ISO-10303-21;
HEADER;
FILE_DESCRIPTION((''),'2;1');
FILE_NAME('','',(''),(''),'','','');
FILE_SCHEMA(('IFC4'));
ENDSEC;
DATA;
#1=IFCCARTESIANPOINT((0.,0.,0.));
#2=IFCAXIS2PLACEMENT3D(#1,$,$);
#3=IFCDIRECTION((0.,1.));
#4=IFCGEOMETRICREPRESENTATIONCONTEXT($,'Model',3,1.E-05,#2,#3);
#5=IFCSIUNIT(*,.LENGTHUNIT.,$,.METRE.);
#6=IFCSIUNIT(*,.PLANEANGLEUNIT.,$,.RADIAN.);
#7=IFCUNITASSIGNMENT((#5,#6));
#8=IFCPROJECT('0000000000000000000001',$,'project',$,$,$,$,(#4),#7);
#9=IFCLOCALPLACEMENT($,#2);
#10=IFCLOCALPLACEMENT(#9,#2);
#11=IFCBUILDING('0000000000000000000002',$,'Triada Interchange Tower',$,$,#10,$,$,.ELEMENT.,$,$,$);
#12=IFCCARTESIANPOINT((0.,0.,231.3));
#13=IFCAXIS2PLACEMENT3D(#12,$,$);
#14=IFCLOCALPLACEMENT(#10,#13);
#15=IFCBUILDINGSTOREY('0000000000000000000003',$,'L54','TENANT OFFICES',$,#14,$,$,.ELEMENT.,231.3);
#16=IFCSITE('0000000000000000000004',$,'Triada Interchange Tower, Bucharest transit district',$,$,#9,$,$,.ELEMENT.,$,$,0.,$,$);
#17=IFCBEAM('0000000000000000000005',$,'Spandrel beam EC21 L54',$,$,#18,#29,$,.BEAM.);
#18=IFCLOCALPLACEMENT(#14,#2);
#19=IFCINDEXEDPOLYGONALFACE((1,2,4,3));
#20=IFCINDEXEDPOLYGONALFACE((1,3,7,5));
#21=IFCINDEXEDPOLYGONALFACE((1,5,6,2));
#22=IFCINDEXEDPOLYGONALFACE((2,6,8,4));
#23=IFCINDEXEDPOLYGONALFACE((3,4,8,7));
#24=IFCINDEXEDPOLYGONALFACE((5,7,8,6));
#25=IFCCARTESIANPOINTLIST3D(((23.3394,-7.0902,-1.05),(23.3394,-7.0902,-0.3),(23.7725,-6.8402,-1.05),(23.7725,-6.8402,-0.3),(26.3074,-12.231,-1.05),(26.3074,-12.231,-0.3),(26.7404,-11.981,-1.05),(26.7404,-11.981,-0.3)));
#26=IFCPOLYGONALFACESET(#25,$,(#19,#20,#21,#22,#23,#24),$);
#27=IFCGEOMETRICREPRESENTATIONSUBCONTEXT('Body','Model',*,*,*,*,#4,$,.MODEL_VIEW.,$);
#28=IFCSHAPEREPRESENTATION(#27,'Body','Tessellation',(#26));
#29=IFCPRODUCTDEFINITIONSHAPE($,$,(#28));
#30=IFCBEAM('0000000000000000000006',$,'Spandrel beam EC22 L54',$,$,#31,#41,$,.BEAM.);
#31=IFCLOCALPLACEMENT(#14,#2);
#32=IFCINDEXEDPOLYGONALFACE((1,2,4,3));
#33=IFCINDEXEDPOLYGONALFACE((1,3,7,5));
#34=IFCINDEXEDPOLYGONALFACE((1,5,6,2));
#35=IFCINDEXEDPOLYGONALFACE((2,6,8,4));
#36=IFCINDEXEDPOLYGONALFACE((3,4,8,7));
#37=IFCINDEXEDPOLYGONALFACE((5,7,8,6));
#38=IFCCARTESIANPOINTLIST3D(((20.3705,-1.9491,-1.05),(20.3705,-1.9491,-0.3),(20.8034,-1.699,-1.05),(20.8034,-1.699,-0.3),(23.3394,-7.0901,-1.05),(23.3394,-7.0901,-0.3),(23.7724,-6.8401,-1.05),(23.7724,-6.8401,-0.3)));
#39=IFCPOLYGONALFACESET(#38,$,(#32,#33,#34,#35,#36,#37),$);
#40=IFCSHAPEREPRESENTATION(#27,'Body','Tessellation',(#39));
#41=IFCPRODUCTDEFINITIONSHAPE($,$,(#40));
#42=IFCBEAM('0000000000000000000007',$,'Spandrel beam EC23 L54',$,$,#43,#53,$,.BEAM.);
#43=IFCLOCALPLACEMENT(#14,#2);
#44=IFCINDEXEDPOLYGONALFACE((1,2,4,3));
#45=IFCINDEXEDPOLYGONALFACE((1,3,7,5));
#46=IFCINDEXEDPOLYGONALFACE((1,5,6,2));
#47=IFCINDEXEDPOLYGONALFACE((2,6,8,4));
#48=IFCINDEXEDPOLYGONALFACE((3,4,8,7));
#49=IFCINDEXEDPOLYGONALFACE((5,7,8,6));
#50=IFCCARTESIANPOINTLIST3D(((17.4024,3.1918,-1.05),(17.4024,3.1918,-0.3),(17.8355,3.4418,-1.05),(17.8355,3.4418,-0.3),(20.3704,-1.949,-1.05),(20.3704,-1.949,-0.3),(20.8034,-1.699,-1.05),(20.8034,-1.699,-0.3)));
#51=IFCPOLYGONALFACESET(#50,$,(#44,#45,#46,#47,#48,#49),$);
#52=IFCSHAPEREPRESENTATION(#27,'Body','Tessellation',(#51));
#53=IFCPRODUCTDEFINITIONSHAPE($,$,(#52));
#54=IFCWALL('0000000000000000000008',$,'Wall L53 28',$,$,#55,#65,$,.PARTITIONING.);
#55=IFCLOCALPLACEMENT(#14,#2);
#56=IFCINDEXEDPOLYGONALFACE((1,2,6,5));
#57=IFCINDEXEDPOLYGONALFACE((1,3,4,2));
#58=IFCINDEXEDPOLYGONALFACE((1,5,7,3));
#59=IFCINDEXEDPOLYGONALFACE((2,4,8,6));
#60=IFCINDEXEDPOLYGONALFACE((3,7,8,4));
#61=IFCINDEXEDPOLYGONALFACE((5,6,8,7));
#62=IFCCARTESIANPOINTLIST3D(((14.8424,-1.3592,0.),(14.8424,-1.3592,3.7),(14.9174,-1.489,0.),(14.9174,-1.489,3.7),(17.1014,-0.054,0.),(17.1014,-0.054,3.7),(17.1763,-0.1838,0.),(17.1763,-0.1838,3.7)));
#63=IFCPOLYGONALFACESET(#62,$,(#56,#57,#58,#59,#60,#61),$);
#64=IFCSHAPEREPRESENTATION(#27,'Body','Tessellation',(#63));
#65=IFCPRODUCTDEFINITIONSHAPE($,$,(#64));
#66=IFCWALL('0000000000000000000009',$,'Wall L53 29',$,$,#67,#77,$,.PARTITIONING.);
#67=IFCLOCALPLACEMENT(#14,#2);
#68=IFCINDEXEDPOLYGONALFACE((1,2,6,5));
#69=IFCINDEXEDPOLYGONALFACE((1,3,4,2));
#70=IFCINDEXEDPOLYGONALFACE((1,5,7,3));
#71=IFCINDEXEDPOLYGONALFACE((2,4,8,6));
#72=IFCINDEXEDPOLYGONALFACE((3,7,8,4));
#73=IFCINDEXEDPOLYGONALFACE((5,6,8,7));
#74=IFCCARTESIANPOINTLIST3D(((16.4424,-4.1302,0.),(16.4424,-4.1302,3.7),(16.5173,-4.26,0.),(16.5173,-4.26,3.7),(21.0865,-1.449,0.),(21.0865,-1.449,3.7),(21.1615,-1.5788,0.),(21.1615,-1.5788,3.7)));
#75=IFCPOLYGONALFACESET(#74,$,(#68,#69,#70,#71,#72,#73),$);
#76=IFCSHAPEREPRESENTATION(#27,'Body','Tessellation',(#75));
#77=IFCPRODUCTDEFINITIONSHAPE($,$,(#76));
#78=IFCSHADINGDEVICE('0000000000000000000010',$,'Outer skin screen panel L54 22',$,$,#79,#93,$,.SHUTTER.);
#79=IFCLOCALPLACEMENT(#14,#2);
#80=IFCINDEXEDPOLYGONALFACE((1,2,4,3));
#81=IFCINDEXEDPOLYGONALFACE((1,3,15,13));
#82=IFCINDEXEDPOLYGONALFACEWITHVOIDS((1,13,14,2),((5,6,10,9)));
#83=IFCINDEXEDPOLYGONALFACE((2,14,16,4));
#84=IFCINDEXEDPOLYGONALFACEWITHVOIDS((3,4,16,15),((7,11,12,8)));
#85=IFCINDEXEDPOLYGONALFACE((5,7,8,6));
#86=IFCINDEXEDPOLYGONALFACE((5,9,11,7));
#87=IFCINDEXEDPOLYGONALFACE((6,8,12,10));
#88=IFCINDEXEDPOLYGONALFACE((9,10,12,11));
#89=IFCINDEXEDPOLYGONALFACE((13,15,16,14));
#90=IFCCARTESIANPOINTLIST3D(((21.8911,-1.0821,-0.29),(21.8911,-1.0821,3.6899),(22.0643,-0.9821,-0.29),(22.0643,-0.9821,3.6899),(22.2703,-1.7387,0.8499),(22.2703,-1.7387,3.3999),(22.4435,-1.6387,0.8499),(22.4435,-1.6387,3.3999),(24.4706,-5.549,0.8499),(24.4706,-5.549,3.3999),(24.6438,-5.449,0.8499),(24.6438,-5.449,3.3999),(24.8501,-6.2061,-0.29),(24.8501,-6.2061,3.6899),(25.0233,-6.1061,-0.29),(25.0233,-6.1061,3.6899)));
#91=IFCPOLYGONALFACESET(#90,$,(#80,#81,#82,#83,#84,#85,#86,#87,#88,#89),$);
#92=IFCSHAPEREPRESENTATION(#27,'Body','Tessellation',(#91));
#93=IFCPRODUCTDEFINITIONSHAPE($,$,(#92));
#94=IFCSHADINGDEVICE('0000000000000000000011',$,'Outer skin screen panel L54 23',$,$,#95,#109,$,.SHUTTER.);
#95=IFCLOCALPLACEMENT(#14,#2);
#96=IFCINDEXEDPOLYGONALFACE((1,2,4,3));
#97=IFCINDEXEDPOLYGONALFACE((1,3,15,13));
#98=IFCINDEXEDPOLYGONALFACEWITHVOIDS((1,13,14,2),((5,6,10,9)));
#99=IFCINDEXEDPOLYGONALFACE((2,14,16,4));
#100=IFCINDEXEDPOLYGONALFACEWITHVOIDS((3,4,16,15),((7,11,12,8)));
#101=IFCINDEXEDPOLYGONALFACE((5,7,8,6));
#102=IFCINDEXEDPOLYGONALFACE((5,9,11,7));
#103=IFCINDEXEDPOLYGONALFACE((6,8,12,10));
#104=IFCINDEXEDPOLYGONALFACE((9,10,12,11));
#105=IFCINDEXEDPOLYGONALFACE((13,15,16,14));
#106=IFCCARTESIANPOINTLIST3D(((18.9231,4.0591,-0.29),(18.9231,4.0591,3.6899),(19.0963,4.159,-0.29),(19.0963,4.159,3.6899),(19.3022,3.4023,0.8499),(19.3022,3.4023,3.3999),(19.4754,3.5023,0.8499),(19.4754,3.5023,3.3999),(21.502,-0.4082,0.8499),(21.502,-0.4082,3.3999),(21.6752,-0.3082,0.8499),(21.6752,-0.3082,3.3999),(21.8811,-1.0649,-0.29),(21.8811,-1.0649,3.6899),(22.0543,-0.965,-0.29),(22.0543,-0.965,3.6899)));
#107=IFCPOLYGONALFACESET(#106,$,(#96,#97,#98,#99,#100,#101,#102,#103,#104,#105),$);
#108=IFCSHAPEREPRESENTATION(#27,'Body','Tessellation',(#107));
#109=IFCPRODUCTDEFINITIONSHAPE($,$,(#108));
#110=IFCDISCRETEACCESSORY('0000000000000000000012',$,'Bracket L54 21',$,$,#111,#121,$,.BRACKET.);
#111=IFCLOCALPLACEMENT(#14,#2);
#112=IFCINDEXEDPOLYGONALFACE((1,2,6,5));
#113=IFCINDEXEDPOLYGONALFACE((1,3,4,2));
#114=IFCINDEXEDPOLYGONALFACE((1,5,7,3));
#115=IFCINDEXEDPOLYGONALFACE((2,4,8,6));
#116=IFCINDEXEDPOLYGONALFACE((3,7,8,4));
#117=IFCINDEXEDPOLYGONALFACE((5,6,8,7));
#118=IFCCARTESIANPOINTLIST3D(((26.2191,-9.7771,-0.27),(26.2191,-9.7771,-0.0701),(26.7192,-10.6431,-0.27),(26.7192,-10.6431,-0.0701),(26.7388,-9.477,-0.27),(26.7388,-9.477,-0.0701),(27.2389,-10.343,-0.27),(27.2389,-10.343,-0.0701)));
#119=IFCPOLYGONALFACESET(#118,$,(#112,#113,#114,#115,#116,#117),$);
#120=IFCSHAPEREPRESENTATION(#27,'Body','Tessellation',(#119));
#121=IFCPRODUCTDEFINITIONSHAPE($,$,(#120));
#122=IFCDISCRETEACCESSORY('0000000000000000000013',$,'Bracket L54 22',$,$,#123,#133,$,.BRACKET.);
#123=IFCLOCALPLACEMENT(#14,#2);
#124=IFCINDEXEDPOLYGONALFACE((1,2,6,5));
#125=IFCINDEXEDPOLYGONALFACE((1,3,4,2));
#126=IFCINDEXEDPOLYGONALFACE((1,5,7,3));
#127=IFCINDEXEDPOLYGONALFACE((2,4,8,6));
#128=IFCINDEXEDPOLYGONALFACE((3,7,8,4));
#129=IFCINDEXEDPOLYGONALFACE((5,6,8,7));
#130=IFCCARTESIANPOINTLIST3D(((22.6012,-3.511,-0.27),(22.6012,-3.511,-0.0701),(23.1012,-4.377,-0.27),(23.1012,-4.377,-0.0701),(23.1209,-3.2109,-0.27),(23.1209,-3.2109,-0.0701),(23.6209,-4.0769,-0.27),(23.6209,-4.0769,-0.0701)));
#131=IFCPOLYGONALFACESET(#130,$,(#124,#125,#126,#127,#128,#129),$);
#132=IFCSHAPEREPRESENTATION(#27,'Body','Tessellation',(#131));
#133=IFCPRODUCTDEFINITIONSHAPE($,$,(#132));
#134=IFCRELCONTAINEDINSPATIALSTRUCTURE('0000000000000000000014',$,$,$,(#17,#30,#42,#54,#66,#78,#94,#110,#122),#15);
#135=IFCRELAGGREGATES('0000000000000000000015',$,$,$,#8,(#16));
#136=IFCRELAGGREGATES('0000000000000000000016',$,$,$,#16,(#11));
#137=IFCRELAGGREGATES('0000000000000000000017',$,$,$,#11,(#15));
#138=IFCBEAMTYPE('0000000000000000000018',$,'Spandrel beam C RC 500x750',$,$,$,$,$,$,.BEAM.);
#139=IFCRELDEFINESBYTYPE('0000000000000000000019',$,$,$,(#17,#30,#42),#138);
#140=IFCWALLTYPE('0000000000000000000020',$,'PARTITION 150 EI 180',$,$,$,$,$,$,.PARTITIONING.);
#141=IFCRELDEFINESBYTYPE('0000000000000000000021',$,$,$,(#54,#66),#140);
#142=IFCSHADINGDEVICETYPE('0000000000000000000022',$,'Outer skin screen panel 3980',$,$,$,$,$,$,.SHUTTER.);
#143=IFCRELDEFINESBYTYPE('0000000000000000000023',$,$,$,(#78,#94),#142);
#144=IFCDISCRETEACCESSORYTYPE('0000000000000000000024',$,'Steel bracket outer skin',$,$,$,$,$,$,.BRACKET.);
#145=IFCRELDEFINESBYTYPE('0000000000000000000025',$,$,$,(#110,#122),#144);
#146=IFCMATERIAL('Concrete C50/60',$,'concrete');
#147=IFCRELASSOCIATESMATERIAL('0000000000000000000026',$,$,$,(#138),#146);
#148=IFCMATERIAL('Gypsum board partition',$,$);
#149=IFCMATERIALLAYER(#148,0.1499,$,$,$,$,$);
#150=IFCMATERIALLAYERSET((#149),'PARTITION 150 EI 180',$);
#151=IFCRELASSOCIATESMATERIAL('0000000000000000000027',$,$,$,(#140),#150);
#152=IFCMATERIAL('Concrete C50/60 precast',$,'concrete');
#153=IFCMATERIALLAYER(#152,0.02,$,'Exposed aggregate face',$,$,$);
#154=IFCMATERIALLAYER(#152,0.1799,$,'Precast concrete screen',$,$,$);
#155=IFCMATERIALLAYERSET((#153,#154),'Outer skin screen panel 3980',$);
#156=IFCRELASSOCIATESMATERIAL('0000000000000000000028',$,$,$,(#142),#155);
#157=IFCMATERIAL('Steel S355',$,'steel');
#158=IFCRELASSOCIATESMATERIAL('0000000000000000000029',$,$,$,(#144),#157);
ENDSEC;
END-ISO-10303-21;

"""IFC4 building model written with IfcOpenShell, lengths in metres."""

from ifc_helpers import new_model, si_unit, direction, frame, frame_2d, origin, origin_2d, place, context, subcontext, project, spatial, polyline, rectangle, outline, extrude, material, layer, layer_set, material_profile, profile_set, type_object, element, save


model = new_model("IFC4")

# Units and contexts
model_context = context("Model", 3, precision=1e-05, world=origin(), true_north=direction((0.0, 1.0)))
body_context = subcontext(model_context, "Body", "Model", "MODEL_VIEW")
ifc_project = project(units=[si_unit("LENGTHUNIT", "METRE"), si_unit("PLANEANGLEUNIT", "RADIAN")], contexts=[model_context])

# Site, building, storey
site_placement = place(None, origin())
site = spatial("IfcSite", under=ifc_project, at=site_placement, Name="Triada Interchange Tower, Bucharest transit district", CompositionType="ELEMENT", RefElevation=0.0)
building_placement = place(site_placement, origin())
building = spatial("IfcBuilding", under=site, at=building_placement, Name="Triada Interchange Tower", CompositionType="ELEMENT")
storey_placement = place(building_placement, frame((0.0, 0.0, 231.3)))
storey = spatial("IfcBuildingStorey", under=building, at=storey_placement, Name="L54", Description="TENANT OFFICES", CompositionType="ELEMENT", Elevation=231.3)

# Shared definitions
ifc_material_1 = material(Name="Concrete C50/60", Category="concrete")

# Beams
ifc_material_profile_1 = material_profile(ifc_material_1, rectangle(XDim=0.5, YDim=0.75, at=origin_2d()), Name="RC 500x750")
ifc_profile_set_1 = profile_set([ifc_material_profile_1], Name="Concrete C50/60")
beam_type_1 = type_object("IfcBeamType", Name="Spandrel beam C RC 500x750", PredefinedType="BEAM", material=ifc_profile_set_1)
beam_1_placement = place(storey_placement, frame((26.5239, -12.106, -0.675), z_axis=(-0.499992, 0.86603, 0.0), x_axis=(-0.86603, -0.499992, 0.0)))
element("IfcBeam", 1, at=beam_1_placement, inside=storey, type_object=beam_type_1, Name="Spandrel beam EC21 L54", PredefinedType="BEAM", context=body_context, shape_type="SweptSolid", body=[
    extrude(rectangle(XDim=0.5, YDim=0.75, at=origin_2d()), origin(), (0.0, 0.0, 1.0), 5.936),
])
beam_2_placement = place(storey_placement, frame((23.5559, -6.9651, -0.675), z_axis=(-0.500097, 0.865969, 0.0), x_axis=(-0.865969, -0.500097, 0.0)))
element("IfcBeam", 2, at=beam_2_placement, inside=storey, type_object=beam_type_1, Name="Spandrel beam EC22 L54", PredefinedType="BEAM", context=body_context, shape_type="SweptSolid", body=[
    extrude(rectangle(XDim=0.5, YDim=0.75, at=origin_2d()), origin(), (0.0, 0.0, 1.0), 5.9368),
])
beam_3_placement = place(storey_placement, frame((20.5869, -1.824, -0.675), z_axis=(-0.499992, 0.86603, 0.0), x_axis=(-0.86603, -0.499992, 0.0)))
element("IfcBeam", 3, at=beam_3_placement, inside=storey, type_object=beam_type_1, Name="Spandrel beam EC23 L54", PredefinedType="BEAM", context=body_context, shape_type="SweptSolid", body=[
    extrude(rectangle(XDim=0.5, YDim=0.75, at=origin_2d()), origin(), (0.0, 0.0, 1.0), 5.936),
])

# Walls
ifc_material_2 = material(Name="Gypsum board partition")
ifc_layer_1 = layer(ifc_material_2, 0.1499)
ifc_layer_set_1 = layer_set([ifc_layer_1], Name="PARTITION 150 EI 180")
wall_type_1 = type_object("IfcWallType", Name="PARTITION 150 EI 180", PredefinedType="PARTITIONING", material=ifc_layer_set_1)
wall_1_placement = place(storey_placement, frame((14.8799, -1.4241, 0.0), z_axis=(0.0, 0.0, 1.0), x_axis=(0.865872, 0.500265, 0.0)))
element("IfcWall", 4, at=wall_1_placement, inside=storey, type_object=wall_type_1, Name="Wall L53 28", PredefinedType="PARTITIONING", context=body_context, shape_type="SweptSolid", body=[
    extrude(rectangle(XDim=2.6089, YDim=0.1499, at=frame_2d((1.3044, 0.0))), origin(), (0.0, 0.0, 1.0), 3.7),
])
wall_2_placement = place(storey_placement, frame((16.48, -4.1951, 0.0), z_axis=(0.0, 0.0, 1.0), x_axis=(0.866032, 0.499988, 0.0)))
element("IfcWall", 5, at=wall_2_placement, inside=storey, type_object=wall_type_1, Name="Wall L53 29", PredefinedType="PARTITIONING", context=body_context, shape_type="SweptSolid", body=[
    extrude(rectangle(XDim=5.3625, YDim=0.1499, at=frame_2d((2.6812, 0.0))), origin(), (0.0, 0.0, 1.0), 3.7),
])

# Shading devices
ifc_material_3 = material(Name="Concrete C50/60 precast", Category="concrete")
ifc_layer_2 = layer(ifc_material_3, 0.02, Name="Exposed aggregate face")
ifc_layer_3 = layer(ifc_material_3, 0.1799, Name="Precast concrete screen")
ifc_layer_set_2 = layer_set([ifc_layer_2, ifc_layer_3], Name="Outer skin screen panel 3980")
shading_device_type = type_object("IfcShadingDeviceType", Name="Outer skin screen panel 3980", PredefinedType="SHUTTER", material=ifc_layer_set_2)
shading_device_1_placement = place(storey_placement, frame((24.8501, -6.2061, -0.29), z_axis=(0.0, 0.0, 1.0), x_axis=(-0.50008, 0.865979, 0.0)))
element("IfcShadingDevice", 6, at=shading_device_1_placement, inside=storey, type_object=shading_device_type, Name="Outer skin screen panel L54 22", PredefinedType="SHUTTER", context=body_context, shape_type="SweptSolid", body=[
    extrude(outline(polyline([(0.0, 0.0), (5.917, 0.0), (5.917, 3.98), (0.0, 3.98), (0.0, 0.0)]), holes=[polyline([(0.7588, 1.1399), (0.7588, 3.6899), (5.1587, 3.6899), (5.1587, 1.1399), (0.7588, 1.1399)])]), frame((0.0, 0.0, 0.0), z_axis=(0.0, -1.0, 0.0), x_axis=(1.0, 0.0, 0.0)), (0.0, 0.0, 1.0), 0.2),
])
shading_device_2_placement = place(storey_placement, frame((21.8811, -1.0649, -0.29), z_axis=(0.0, 0.0, 1.0), x_axis=(-0.499956, 0.866051, 0.0)))
element("IfcShadingDevice", 7, at=shading_device_2_placement, inside=storey, type_object=shading_device_type, Name="Outer skin screen panel L54 23", PredefinedType="SHUTTER", context=body_context, shape_type="SweptSolid", body=[
    extrude(outline(polyline([(0.0, 0.0), (5.9165, 0.0), (5.9165, 3.98), (0.0, 3.98), (0.0, 0.0)]), holes=[polyline([(0.7583, 1.1399), (0.7583, 3.6899), (5.1582, 3.6899), (5.1582, 1.1399), (0.7583, 1.1399)])]), frame((0.0, 0.0, 0.0), z_axis=(0.0, -1.0, 0.0), x_axis=(1.0, 0.0, 0.0)), (0.0, 0.0, 1.0), 0.2),
])

# Discrete accessories
ifc_material_4 = material(Name="Steel S355", Category="steel")
discrete_accessory_type = type_object("IfcDiscreteAccessoryType", Name="Steel bracket outer skin", PredefinedType="BRACKET", material=ifc_material_4)
for number, where, z_axis, x_axis, name in (
    (8, (26.729, -10.0601, -0.27), (0.0, 0.0, 1.0), (0.866014, 0.500019, 0.0), "Bracket L54 21"),
    (9, (23.1111, -3.7939, -0.27), (0.0, 0.0, 1.0), (0.866014, 0.500019, 0.0), "Bracket L54 22"),
):
    element("IfcDiscreteAccessory", number, at=place(storey_placement, frame(where, z_axis=z_axis, x_axis=x_axis)), inside=storey, type_object=discrete_accessory_type, Name=name, PredefinedType="BRACKET", context=body_context, shape_type="SweptSolid", body=[
        extrude(rectangle(XDim=0.6001, YDim=1.0, at=origin_2d()), origin(), (0.0, 0.0, 1.0), 0.2),
    ])

save(model, "model.ifc")
